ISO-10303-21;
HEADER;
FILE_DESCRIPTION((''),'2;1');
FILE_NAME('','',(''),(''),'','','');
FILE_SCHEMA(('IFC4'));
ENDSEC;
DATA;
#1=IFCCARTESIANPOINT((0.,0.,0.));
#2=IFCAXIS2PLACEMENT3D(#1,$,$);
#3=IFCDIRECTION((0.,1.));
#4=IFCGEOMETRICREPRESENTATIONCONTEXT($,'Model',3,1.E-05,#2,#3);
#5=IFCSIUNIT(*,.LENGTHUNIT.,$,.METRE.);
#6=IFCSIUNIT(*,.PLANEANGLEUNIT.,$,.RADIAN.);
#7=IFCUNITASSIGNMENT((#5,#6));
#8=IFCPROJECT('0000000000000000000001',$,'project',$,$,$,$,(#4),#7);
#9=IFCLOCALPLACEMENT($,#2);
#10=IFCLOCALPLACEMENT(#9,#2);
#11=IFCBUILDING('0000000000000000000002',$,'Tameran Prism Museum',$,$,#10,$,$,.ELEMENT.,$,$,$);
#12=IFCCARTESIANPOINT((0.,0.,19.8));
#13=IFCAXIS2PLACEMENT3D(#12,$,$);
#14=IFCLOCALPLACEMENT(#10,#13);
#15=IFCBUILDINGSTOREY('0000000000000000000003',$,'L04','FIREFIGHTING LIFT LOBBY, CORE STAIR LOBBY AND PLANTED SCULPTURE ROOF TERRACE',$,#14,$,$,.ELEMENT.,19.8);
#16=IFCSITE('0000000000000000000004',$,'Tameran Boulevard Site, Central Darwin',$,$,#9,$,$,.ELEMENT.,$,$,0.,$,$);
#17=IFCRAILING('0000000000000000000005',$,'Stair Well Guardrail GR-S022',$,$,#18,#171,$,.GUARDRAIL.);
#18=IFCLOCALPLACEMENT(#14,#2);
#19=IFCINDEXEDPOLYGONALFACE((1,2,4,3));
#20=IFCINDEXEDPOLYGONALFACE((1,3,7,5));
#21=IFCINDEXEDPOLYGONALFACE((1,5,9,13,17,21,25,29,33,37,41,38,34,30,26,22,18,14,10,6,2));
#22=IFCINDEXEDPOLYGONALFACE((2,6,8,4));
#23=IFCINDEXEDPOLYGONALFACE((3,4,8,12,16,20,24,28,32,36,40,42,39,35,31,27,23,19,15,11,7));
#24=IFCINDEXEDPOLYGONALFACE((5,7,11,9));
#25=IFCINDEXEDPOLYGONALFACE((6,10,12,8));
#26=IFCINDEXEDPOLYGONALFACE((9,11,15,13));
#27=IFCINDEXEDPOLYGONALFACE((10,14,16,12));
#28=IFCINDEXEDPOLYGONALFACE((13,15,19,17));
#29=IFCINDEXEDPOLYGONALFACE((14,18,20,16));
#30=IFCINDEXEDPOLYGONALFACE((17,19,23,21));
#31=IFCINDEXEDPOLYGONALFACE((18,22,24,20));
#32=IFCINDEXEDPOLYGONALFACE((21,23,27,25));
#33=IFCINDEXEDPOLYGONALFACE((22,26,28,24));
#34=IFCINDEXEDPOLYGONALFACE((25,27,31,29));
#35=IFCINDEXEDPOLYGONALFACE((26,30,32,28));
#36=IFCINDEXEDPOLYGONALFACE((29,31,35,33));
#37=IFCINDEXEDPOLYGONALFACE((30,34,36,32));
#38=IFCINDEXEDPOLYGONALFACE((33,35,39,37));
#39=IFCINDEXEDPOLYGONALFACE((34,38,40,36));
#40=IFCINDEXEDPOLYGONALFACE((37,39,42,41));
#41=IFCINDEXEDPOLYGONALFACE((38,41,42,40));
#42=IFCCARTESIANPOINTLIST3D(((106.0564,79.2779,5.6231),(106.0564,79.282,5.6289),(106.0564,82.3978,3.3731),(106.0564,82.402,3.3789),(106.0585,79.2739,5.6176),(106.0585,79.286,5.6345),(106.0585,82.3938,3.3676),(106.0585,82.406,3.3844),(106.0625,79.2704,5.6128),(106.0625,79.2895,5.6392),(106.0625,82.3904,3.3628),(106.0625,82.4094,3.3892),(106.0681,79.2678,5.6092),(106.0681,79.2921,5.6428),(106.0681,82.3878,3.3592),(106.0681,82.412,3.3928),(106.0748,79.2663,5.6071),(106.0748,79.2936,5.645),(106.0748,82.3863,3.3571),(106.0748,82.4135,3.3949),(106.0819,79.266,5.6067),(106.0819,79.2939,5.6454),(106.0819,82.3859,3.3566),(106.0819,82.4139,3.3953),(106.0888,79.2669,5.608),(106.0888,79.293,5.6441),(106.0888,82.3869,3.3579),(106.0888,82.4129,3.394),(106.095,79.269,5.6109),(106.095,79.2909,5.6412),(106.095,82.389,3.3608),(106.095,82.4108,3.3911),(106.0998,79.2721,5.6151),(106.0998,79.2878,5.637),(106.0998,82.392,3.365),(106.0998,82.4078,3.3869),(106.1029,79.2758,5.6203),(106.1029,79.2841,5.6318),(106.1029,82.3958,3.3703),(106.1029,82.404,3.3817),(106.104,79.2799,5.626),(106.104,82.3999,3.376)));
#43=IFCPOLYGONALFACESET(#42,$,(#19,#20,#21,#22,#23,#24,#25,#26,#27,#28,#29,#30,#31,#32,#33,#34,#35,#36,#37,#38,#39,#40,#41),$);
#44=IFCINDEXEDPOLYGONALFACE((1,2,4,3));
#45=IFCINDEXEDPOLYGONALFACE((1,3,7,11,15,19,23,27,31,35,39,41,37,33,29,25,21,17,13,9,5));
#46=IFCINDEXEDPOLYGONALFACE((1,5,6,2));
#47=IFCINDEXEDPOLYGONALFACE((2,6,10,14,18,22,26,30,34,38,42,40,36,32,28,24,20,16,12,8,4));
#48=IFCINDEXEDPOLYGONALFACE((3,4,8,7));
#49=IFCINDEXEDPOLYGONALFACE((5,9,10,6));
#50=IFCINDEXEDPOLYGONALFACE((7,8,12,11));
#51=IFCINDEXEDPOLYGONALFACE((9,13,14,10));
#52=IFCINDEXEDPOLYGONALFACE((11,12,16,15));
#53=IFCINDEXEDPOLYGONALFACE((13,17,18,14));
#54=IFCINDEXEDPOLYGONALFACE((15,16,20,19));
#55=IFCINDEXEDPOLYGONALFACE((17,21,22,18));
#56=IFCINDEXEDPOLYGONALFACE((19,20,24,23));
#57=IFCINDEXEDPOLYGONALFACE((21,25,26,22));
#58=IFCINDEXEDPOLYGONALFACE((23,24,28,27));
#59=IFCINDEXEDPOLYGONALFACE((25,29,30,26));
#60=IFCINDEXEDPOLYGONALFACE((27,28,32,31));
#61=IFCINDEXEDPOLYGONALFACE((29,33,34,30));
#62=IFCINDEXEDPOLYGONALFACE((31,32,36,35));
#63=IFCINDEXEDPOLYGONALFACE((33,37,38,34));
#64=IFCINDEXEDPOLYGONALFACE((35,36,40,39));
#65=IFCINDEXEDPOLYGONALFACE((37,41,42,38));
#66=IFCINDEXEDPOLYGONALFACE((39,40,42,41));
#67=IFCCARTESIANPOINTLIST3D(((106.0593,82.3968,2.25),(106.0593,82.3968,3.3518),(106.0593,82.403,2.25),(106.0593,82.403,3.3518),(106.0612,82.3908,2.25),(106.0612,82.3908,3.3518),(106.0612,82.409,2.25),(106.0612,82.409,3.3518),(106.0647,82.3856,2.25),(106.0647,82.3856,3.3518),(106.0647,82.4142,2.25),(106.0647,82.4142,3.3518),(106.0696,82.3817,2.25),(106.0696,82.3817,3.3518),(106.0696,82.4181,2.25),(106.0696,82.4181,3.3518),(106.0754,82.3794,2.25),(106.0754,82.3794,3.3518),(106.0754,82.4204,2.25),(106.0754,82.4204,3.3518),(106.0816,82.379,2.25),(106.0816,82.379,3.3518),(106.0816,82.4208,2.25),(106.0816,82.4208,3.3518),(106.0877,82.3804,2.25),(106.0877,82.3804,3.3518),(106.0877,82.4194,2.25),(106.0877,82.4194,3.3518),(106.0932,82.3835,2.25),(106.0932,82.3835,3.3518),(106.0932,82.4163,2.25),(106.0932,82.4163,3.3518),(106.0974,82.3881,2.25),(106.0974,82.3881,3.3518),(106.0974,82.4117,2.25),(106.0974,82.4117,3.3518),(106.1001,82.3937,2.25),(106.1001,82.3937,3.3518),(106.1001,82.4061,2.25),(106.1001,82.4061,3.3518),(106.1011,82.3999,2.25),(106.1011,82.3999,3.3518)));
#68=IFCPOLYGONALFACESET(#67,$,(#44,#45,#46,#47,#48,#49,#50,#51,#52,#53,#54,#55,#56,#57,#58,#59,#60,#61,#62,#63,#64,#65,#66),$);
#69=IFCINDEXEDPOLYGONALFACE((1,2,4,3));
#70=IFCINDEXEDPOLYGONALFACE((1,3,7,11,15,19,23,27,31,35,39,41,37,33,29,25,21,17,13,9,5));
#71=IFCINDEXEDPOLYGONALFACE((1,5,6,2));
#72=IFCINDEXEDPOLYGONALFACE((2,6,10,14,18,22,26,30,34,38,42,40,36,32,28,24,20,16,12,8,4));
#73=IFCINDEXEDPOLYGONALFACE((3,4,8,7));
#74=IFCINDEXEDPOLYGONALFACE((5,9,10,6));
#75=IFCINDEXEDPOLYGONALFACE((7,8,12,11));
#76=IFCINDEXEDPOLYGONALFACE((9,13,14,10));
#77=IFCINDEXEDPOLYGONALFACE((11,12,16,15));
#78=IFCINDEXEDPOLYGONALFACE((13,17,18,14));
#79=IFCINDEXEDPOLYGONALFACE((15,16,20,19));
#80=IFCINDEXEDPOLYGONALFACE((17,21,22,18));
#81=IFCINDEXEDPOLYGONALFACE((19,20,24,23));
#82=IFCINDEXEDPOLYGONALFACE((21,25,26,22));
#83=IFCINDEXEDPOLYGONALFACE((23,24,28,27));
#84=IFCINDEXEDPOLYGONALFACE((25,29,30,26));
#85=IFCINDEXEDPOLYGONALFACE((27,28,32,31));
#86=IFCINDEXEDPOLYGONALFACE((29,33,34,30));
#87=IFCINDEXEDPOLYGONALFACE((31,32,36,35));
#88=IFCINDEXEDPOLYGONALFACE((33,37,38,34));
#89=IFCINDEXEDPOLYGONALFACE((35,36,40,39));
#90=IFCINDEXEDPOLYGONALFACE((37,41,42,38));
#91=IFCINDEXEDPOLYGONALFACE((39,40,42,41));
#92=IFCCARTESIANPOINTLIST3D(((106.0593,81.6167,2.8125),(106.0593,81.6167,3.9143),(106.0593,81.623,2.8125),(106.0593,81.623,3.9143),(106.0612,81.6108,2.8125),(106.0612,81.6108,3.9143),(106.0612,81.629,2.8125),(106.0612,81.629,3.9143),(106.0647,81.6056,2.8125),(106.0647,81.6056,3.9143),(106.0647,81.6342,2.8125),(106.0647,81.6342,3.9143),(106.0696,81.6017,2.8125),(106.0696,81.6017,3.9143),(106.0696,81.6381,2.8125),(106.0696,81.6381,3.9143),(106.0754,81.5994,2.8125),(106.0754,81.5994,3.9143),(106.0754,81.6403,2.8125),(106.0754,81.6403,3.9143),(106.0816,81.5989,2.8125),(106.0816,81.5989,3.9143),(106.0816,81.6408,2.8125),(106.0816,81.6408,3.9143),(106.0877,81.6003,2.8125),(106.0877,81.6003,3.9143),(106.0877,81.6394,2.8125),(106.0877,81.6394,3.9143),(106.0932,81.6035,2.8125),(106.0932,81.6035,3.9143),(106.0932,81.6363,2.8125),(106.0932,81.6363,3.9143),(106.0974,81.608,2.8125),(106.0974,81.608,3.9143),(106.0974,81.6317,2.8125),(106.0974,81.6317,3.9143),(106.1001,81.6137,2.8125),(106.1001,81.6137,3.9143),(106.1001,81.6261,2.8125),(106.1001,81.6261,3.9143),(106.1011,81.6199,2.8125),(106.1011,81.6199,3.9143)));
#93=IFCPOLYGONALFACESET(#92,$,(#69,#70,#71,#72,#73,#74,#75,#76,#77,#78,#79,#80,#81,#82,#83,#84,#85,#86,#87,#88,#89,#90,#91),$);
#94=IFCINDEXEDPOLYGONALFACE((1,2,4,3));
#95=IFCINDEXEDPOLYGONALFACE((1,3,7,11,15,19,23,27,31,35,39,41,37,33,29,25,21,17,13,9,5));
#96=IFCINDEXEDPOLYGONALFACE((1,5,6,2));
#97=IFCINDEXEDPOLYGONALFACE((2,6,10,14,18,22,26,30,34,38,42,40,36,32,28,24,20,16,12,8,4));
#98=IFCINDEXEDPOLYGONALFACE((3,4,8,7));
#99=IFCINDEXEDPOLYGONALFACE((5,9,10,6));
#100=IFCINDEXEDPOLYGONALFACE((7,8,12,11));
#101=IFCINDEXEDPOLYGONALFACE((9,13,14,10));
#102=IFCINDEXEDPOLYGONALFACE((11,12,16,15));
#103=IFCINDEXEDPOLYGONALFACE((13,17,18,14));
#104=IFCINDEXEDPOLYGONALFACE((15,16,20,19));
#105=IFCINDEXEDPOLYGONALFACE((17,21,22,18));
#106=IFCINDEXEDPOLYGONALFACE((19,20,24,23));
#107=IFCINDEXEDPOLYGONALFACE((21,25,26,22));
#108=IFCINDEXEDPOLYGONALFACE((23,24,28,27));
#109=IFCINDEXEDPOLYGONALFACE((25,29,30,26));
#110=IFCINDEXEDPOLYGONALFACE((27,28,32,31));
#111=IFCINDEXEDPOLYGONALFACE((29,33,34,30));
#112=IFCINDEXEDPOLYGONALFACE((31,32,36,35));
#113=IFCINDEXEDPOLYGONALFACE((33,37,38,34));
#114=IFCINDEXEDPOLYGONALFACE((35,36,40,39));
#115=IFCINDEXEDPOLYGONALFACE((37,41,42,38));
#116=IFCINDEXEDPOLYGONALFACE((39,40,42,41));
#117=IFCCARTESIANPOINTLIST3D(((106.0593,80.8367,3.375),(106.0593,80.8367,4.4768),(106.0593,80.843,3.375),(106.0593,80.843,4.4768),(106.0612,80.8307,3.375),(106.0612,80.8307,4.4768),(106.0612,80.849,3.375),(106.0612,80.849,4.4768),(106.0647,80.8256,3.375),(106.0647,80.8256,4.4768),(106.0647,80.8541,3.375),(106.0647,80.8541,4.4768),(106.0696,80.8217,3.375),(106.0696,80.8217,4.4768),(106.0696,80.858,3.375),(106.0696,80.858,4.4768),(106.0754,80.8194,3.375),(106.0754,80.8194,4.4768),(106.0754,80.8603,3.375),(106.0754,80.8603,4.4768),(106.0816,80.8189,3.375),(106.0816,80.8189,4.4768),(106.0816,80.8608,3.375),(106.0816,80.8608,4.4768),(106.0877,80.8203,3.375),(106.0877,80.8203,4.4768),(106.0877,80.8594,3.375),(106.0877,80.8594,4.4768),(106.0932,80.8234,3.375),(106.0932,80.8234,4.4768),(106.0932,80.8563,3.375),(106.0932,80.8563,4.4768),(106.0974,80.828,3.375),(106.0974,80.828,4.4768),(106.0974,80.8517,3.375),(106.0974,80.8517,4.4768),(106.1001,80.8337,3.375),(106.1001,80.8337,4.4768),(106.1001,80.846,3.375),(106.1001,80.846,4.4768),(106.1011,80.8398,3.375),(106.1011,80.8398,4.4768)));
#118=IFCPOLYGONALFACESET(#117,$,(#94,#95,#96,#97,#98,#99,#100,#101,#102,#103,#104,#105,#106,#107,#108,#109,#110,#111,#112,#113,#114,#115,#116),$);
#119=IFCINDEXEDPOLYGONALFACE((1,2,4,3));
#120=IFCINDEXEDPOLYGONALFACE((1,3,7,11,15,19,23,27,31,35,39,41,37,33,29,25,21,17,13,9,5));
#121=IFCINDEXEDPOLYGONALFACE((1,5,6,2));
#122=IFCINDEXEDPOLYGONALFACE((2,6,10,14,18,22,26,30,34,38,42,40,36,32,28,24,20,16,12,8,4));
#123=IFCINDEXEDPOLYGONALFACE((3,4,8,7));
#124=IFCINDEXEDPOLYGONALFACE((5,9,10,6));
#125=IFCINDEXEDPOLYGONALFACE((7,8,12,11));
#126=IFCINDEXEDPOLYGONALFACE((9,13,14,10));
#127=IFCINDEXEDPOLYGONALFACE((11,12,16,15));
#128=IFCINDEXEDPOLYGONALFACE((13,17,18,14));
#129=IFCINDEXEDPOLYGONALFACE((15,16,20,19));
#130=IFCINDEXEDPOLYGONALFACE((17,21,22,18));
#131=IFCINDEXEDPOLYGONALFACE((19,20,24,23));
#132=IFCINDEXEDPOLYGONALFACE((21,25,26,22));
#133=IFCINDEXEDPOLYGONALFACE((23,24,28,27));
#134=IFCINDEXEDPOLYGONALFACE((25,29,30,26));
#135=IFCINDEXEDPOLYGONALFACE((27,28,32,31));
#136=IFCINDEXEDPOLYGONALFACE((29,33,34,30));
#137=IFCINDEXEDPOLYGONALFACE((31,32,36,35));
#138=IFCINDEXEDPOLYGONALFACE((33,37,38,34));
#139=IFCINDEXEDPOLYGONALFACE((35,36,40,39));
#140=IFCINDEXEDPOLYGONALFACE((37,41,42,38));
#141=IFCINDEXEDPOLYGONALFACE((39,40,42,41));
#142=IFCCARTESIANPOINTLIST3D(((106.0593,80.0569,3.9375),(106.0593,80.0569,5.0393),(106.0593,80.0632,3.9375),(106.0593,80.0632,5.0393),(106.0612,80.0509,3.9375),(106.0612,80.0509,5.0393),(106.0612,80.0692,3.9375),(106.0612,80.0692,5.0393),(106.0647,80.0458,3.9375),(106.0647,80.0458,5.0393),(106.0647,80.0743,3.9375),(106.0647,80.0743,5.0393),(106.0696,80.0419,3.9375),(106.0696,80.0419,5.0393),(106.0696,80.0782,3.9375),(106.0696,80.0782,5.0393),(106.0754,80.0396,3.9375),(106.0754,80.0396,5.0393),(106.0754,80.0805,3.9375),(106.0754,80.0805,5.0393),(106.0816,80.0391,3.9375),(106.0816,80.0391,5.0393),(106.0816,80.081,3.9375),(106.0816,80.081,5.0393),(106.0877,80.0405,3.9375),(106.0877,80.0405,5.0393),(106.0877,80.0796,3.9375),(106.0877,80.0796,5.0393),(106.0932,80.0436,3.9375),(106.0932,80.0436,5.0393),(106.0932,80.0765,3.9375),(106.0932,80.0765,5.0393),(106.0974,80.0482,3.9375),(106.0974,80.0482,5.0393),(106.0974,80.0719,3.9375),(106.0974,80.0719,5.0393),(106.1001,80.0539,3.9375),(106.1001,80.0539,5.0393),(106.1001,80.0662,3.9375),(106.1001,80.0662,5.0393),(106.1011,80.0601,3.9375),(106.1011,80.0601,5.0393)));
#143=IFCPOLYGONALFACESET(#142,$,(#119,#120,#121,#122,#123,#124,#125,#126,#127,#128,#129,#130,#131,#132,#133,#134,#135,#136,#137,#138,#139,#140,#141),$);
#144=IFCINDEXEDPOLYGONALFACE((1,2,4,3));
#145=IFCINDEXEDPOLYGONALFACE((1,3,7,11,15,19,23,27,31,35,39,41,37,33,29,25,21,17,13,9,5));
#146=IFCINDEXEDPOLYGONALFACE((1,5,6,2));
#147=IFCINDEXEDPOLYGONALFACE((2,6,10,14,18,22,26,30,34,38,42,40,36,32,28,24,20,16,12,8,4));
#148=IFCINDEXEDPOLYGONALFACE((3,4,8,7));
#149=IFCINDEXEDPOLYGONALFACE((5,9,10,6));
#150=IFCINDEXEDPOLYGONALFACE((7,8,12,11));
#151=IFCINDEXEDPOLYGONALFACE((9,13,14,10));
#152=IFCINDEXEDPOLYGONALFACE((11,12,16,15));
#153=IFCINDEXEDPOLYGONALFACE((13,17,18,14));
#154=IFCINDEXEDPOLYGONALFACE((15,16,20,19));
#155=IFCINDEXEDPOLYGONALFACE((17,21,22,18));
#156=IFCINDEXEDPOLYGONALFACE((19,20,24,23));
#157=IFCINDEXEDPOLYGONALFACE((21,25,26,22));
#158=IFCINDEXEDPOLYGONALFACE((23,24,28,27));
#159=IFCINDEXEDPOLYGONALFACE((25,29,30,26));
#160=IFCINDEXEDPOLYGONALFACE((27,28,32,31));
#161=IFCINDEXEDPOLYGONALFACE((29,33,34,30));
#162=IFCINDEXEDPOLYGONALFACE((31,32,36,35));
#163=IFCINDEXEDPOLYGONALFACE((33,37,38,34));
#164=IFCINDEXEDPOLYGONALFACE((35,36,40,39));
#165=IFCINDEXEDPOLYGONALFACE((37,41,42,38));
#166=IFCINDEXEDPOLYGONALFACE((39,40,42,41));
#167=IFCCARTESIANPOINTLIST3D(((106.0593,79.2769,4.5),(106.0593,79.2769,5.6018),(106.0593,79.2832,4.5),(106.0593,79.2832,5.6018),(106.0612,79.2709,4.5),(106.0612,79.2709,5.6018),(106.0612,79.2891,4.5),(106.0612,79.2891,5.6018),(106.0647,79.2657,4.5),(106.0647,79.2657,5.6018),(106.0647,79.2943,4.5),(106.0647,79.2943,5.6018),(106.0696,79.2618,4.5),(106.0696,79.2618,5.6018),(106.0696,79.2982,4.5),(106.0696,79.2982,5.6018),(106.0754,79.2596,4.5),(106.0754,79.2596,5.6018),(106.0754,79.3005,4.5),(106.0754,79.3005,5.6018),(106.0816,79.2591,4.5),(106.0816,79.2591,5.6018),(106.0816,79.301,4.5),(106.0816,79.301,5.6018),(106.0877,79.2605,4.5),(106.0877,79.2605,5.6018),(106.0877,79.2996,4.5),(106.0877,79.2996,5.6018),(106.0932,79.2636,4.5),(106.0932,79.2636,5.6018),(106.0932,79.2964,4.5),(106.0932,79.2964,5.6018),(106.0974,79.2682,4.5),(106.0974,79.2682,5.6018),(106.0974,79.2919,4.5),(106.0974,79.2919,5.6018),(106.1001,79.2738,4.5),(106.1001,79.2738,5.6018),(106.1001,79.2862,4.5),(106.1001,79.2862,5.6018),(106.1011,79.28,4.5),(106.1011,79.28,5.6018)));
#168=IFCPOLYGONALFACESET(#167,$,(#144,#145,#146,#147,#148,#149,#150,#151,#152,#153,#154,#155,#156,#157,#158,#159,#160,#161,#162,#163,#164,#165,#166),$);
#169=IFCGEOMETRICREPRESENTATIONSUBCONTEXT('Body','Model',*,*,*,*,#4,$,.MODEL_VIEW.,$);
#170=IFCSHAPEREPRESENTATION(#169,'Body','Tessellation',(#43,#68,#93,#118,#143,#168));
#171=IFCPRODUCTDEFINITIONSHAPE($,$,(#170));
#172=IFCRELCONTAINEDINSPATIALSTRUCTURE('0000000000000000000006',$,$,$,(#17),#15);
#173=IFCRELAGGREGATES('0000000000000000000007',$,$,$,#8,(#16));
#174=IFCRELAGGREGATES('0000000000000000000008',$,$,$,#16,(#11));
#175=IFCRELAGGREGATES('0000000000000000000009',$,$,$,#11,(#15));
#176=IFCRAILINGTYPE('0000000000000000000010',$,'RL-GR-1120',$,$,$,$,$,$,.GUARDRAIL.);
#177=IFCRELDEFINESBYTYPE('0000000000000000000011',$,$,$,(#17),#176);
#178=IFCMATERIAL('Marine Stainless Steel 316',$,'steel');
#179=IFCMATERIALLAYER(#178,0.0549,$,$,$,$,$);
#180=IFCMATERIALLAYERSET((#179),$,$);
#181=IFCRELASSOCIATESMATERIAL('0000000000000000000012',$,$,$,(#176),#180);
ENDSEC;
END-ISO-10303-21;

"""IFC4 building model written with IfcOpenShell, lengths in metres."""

from ifc_helpers import new_model, si_unit, direction, frame, origin, origin_2d, place, context, subcontext, project, spatial, circle, extrude, material, layer, layer_set, type_object, element, save


model = new_model("IFC4")

# Units and contexts
model_context = context("Model", 3, precision=1e-05, world=origin(), true_north=direction((0.0, 1.0)))
body_context = subcontext(model_context, "Body", "Model", "MODEL_VIEW")
ifc_project = project(units=[si_unit("LENGTHUNIT", "METRE"), si_unit("PLANEANGLEUNIT", "RADIAN")], contexts=[model_context])

# Site, building, storey
site_placement = place(None, origin())
site = spatial("IfcSite", under=ifc_project, at=site_placement, Name="Tameran Boulevard Site, Central Darwin", CompositionType="ELEMENT", RefElevation=0.0)
building_placement = place(site_placement, origin())
building = spatial("IfcBuilding", under=site, at=building_placement, Name="Tameran Prism Museum", CompositionType="ELEMENT")
storey_placement = place(building_placement, frame((0.0, 0.0, 19.8)))
storey = spatial("IfcBuildingStorey", under=building, at=storey_placement, Name="L04", Description="FIREFIGHTING LIFT LOBBY, CORE STAIR LOBBY AND PLANTED SCULPTURE ROOF TERRACE", CompositionType="ELEMENT", Elevation=19.8)

# Railing
ifc_material_1 = material(Name="Marine Stainless Steel 316", Category="steel")
ifc_layer_1 = layer(ifc_material_1, 0.0549)
ifc_layer_set_1 = layer_set([ifc_layer_1])
railing_type_1 = type_object("IfcRailingType", Name="RL-GR-1120", PredefinedType="GUARDRAIL", material=ifc_layer_set_1)
railing_1_placement = place(storey_placement, frame((106.0801, 82.3999, 2.25)))
element("IfcRailing", 1, at=railing_1_placement, inside=storey, type_object=railing_type_1, Name="Stair Well Guardrail GR-S022", PredefinedType="GUARDRAIL", context=body_context, shape_type="SweptSolid", body=[
    extrude(circle(Radius=0.0239, at=origin_2d()), frame((0.0, 0.0, 1.126), z_axis=(0.0, -0.811079, 0.584937), x_axis=(1.0, 0.0, 0.0)), (0.0, 0.0, 1.0), 3.8467),
    extrude(circle(Radius=0.021, at=origin_2d()), origin(), (0.0, 0.0, 1.0), 1.1018),
    extrude(circle(Radius=0.021, at=origin_2d()), frame((0.0, -0.78, 0.5625)), (0.0, 0.0, 1.0), 1.1018),
    extrude(circle(Radius=0.021, at=origin_2d()), frame((0.0, -1.5601, 1.125)), (0.0, 0.0, 1.0), 1.1018),
    extrude(circle(Radius=0.021, at=origin_2d()), frame((0.0, -2.3398, 1.6875)), (0.0, 0.0, 1.0), 1.1018),
    extrude(circle(Radius=0.021, at=origin_2d()), frame((0.0, -3.1199, 2.25)), (0.0, 0.0, 1.0), 1.1018),
])

save(model, "model.ifc")
